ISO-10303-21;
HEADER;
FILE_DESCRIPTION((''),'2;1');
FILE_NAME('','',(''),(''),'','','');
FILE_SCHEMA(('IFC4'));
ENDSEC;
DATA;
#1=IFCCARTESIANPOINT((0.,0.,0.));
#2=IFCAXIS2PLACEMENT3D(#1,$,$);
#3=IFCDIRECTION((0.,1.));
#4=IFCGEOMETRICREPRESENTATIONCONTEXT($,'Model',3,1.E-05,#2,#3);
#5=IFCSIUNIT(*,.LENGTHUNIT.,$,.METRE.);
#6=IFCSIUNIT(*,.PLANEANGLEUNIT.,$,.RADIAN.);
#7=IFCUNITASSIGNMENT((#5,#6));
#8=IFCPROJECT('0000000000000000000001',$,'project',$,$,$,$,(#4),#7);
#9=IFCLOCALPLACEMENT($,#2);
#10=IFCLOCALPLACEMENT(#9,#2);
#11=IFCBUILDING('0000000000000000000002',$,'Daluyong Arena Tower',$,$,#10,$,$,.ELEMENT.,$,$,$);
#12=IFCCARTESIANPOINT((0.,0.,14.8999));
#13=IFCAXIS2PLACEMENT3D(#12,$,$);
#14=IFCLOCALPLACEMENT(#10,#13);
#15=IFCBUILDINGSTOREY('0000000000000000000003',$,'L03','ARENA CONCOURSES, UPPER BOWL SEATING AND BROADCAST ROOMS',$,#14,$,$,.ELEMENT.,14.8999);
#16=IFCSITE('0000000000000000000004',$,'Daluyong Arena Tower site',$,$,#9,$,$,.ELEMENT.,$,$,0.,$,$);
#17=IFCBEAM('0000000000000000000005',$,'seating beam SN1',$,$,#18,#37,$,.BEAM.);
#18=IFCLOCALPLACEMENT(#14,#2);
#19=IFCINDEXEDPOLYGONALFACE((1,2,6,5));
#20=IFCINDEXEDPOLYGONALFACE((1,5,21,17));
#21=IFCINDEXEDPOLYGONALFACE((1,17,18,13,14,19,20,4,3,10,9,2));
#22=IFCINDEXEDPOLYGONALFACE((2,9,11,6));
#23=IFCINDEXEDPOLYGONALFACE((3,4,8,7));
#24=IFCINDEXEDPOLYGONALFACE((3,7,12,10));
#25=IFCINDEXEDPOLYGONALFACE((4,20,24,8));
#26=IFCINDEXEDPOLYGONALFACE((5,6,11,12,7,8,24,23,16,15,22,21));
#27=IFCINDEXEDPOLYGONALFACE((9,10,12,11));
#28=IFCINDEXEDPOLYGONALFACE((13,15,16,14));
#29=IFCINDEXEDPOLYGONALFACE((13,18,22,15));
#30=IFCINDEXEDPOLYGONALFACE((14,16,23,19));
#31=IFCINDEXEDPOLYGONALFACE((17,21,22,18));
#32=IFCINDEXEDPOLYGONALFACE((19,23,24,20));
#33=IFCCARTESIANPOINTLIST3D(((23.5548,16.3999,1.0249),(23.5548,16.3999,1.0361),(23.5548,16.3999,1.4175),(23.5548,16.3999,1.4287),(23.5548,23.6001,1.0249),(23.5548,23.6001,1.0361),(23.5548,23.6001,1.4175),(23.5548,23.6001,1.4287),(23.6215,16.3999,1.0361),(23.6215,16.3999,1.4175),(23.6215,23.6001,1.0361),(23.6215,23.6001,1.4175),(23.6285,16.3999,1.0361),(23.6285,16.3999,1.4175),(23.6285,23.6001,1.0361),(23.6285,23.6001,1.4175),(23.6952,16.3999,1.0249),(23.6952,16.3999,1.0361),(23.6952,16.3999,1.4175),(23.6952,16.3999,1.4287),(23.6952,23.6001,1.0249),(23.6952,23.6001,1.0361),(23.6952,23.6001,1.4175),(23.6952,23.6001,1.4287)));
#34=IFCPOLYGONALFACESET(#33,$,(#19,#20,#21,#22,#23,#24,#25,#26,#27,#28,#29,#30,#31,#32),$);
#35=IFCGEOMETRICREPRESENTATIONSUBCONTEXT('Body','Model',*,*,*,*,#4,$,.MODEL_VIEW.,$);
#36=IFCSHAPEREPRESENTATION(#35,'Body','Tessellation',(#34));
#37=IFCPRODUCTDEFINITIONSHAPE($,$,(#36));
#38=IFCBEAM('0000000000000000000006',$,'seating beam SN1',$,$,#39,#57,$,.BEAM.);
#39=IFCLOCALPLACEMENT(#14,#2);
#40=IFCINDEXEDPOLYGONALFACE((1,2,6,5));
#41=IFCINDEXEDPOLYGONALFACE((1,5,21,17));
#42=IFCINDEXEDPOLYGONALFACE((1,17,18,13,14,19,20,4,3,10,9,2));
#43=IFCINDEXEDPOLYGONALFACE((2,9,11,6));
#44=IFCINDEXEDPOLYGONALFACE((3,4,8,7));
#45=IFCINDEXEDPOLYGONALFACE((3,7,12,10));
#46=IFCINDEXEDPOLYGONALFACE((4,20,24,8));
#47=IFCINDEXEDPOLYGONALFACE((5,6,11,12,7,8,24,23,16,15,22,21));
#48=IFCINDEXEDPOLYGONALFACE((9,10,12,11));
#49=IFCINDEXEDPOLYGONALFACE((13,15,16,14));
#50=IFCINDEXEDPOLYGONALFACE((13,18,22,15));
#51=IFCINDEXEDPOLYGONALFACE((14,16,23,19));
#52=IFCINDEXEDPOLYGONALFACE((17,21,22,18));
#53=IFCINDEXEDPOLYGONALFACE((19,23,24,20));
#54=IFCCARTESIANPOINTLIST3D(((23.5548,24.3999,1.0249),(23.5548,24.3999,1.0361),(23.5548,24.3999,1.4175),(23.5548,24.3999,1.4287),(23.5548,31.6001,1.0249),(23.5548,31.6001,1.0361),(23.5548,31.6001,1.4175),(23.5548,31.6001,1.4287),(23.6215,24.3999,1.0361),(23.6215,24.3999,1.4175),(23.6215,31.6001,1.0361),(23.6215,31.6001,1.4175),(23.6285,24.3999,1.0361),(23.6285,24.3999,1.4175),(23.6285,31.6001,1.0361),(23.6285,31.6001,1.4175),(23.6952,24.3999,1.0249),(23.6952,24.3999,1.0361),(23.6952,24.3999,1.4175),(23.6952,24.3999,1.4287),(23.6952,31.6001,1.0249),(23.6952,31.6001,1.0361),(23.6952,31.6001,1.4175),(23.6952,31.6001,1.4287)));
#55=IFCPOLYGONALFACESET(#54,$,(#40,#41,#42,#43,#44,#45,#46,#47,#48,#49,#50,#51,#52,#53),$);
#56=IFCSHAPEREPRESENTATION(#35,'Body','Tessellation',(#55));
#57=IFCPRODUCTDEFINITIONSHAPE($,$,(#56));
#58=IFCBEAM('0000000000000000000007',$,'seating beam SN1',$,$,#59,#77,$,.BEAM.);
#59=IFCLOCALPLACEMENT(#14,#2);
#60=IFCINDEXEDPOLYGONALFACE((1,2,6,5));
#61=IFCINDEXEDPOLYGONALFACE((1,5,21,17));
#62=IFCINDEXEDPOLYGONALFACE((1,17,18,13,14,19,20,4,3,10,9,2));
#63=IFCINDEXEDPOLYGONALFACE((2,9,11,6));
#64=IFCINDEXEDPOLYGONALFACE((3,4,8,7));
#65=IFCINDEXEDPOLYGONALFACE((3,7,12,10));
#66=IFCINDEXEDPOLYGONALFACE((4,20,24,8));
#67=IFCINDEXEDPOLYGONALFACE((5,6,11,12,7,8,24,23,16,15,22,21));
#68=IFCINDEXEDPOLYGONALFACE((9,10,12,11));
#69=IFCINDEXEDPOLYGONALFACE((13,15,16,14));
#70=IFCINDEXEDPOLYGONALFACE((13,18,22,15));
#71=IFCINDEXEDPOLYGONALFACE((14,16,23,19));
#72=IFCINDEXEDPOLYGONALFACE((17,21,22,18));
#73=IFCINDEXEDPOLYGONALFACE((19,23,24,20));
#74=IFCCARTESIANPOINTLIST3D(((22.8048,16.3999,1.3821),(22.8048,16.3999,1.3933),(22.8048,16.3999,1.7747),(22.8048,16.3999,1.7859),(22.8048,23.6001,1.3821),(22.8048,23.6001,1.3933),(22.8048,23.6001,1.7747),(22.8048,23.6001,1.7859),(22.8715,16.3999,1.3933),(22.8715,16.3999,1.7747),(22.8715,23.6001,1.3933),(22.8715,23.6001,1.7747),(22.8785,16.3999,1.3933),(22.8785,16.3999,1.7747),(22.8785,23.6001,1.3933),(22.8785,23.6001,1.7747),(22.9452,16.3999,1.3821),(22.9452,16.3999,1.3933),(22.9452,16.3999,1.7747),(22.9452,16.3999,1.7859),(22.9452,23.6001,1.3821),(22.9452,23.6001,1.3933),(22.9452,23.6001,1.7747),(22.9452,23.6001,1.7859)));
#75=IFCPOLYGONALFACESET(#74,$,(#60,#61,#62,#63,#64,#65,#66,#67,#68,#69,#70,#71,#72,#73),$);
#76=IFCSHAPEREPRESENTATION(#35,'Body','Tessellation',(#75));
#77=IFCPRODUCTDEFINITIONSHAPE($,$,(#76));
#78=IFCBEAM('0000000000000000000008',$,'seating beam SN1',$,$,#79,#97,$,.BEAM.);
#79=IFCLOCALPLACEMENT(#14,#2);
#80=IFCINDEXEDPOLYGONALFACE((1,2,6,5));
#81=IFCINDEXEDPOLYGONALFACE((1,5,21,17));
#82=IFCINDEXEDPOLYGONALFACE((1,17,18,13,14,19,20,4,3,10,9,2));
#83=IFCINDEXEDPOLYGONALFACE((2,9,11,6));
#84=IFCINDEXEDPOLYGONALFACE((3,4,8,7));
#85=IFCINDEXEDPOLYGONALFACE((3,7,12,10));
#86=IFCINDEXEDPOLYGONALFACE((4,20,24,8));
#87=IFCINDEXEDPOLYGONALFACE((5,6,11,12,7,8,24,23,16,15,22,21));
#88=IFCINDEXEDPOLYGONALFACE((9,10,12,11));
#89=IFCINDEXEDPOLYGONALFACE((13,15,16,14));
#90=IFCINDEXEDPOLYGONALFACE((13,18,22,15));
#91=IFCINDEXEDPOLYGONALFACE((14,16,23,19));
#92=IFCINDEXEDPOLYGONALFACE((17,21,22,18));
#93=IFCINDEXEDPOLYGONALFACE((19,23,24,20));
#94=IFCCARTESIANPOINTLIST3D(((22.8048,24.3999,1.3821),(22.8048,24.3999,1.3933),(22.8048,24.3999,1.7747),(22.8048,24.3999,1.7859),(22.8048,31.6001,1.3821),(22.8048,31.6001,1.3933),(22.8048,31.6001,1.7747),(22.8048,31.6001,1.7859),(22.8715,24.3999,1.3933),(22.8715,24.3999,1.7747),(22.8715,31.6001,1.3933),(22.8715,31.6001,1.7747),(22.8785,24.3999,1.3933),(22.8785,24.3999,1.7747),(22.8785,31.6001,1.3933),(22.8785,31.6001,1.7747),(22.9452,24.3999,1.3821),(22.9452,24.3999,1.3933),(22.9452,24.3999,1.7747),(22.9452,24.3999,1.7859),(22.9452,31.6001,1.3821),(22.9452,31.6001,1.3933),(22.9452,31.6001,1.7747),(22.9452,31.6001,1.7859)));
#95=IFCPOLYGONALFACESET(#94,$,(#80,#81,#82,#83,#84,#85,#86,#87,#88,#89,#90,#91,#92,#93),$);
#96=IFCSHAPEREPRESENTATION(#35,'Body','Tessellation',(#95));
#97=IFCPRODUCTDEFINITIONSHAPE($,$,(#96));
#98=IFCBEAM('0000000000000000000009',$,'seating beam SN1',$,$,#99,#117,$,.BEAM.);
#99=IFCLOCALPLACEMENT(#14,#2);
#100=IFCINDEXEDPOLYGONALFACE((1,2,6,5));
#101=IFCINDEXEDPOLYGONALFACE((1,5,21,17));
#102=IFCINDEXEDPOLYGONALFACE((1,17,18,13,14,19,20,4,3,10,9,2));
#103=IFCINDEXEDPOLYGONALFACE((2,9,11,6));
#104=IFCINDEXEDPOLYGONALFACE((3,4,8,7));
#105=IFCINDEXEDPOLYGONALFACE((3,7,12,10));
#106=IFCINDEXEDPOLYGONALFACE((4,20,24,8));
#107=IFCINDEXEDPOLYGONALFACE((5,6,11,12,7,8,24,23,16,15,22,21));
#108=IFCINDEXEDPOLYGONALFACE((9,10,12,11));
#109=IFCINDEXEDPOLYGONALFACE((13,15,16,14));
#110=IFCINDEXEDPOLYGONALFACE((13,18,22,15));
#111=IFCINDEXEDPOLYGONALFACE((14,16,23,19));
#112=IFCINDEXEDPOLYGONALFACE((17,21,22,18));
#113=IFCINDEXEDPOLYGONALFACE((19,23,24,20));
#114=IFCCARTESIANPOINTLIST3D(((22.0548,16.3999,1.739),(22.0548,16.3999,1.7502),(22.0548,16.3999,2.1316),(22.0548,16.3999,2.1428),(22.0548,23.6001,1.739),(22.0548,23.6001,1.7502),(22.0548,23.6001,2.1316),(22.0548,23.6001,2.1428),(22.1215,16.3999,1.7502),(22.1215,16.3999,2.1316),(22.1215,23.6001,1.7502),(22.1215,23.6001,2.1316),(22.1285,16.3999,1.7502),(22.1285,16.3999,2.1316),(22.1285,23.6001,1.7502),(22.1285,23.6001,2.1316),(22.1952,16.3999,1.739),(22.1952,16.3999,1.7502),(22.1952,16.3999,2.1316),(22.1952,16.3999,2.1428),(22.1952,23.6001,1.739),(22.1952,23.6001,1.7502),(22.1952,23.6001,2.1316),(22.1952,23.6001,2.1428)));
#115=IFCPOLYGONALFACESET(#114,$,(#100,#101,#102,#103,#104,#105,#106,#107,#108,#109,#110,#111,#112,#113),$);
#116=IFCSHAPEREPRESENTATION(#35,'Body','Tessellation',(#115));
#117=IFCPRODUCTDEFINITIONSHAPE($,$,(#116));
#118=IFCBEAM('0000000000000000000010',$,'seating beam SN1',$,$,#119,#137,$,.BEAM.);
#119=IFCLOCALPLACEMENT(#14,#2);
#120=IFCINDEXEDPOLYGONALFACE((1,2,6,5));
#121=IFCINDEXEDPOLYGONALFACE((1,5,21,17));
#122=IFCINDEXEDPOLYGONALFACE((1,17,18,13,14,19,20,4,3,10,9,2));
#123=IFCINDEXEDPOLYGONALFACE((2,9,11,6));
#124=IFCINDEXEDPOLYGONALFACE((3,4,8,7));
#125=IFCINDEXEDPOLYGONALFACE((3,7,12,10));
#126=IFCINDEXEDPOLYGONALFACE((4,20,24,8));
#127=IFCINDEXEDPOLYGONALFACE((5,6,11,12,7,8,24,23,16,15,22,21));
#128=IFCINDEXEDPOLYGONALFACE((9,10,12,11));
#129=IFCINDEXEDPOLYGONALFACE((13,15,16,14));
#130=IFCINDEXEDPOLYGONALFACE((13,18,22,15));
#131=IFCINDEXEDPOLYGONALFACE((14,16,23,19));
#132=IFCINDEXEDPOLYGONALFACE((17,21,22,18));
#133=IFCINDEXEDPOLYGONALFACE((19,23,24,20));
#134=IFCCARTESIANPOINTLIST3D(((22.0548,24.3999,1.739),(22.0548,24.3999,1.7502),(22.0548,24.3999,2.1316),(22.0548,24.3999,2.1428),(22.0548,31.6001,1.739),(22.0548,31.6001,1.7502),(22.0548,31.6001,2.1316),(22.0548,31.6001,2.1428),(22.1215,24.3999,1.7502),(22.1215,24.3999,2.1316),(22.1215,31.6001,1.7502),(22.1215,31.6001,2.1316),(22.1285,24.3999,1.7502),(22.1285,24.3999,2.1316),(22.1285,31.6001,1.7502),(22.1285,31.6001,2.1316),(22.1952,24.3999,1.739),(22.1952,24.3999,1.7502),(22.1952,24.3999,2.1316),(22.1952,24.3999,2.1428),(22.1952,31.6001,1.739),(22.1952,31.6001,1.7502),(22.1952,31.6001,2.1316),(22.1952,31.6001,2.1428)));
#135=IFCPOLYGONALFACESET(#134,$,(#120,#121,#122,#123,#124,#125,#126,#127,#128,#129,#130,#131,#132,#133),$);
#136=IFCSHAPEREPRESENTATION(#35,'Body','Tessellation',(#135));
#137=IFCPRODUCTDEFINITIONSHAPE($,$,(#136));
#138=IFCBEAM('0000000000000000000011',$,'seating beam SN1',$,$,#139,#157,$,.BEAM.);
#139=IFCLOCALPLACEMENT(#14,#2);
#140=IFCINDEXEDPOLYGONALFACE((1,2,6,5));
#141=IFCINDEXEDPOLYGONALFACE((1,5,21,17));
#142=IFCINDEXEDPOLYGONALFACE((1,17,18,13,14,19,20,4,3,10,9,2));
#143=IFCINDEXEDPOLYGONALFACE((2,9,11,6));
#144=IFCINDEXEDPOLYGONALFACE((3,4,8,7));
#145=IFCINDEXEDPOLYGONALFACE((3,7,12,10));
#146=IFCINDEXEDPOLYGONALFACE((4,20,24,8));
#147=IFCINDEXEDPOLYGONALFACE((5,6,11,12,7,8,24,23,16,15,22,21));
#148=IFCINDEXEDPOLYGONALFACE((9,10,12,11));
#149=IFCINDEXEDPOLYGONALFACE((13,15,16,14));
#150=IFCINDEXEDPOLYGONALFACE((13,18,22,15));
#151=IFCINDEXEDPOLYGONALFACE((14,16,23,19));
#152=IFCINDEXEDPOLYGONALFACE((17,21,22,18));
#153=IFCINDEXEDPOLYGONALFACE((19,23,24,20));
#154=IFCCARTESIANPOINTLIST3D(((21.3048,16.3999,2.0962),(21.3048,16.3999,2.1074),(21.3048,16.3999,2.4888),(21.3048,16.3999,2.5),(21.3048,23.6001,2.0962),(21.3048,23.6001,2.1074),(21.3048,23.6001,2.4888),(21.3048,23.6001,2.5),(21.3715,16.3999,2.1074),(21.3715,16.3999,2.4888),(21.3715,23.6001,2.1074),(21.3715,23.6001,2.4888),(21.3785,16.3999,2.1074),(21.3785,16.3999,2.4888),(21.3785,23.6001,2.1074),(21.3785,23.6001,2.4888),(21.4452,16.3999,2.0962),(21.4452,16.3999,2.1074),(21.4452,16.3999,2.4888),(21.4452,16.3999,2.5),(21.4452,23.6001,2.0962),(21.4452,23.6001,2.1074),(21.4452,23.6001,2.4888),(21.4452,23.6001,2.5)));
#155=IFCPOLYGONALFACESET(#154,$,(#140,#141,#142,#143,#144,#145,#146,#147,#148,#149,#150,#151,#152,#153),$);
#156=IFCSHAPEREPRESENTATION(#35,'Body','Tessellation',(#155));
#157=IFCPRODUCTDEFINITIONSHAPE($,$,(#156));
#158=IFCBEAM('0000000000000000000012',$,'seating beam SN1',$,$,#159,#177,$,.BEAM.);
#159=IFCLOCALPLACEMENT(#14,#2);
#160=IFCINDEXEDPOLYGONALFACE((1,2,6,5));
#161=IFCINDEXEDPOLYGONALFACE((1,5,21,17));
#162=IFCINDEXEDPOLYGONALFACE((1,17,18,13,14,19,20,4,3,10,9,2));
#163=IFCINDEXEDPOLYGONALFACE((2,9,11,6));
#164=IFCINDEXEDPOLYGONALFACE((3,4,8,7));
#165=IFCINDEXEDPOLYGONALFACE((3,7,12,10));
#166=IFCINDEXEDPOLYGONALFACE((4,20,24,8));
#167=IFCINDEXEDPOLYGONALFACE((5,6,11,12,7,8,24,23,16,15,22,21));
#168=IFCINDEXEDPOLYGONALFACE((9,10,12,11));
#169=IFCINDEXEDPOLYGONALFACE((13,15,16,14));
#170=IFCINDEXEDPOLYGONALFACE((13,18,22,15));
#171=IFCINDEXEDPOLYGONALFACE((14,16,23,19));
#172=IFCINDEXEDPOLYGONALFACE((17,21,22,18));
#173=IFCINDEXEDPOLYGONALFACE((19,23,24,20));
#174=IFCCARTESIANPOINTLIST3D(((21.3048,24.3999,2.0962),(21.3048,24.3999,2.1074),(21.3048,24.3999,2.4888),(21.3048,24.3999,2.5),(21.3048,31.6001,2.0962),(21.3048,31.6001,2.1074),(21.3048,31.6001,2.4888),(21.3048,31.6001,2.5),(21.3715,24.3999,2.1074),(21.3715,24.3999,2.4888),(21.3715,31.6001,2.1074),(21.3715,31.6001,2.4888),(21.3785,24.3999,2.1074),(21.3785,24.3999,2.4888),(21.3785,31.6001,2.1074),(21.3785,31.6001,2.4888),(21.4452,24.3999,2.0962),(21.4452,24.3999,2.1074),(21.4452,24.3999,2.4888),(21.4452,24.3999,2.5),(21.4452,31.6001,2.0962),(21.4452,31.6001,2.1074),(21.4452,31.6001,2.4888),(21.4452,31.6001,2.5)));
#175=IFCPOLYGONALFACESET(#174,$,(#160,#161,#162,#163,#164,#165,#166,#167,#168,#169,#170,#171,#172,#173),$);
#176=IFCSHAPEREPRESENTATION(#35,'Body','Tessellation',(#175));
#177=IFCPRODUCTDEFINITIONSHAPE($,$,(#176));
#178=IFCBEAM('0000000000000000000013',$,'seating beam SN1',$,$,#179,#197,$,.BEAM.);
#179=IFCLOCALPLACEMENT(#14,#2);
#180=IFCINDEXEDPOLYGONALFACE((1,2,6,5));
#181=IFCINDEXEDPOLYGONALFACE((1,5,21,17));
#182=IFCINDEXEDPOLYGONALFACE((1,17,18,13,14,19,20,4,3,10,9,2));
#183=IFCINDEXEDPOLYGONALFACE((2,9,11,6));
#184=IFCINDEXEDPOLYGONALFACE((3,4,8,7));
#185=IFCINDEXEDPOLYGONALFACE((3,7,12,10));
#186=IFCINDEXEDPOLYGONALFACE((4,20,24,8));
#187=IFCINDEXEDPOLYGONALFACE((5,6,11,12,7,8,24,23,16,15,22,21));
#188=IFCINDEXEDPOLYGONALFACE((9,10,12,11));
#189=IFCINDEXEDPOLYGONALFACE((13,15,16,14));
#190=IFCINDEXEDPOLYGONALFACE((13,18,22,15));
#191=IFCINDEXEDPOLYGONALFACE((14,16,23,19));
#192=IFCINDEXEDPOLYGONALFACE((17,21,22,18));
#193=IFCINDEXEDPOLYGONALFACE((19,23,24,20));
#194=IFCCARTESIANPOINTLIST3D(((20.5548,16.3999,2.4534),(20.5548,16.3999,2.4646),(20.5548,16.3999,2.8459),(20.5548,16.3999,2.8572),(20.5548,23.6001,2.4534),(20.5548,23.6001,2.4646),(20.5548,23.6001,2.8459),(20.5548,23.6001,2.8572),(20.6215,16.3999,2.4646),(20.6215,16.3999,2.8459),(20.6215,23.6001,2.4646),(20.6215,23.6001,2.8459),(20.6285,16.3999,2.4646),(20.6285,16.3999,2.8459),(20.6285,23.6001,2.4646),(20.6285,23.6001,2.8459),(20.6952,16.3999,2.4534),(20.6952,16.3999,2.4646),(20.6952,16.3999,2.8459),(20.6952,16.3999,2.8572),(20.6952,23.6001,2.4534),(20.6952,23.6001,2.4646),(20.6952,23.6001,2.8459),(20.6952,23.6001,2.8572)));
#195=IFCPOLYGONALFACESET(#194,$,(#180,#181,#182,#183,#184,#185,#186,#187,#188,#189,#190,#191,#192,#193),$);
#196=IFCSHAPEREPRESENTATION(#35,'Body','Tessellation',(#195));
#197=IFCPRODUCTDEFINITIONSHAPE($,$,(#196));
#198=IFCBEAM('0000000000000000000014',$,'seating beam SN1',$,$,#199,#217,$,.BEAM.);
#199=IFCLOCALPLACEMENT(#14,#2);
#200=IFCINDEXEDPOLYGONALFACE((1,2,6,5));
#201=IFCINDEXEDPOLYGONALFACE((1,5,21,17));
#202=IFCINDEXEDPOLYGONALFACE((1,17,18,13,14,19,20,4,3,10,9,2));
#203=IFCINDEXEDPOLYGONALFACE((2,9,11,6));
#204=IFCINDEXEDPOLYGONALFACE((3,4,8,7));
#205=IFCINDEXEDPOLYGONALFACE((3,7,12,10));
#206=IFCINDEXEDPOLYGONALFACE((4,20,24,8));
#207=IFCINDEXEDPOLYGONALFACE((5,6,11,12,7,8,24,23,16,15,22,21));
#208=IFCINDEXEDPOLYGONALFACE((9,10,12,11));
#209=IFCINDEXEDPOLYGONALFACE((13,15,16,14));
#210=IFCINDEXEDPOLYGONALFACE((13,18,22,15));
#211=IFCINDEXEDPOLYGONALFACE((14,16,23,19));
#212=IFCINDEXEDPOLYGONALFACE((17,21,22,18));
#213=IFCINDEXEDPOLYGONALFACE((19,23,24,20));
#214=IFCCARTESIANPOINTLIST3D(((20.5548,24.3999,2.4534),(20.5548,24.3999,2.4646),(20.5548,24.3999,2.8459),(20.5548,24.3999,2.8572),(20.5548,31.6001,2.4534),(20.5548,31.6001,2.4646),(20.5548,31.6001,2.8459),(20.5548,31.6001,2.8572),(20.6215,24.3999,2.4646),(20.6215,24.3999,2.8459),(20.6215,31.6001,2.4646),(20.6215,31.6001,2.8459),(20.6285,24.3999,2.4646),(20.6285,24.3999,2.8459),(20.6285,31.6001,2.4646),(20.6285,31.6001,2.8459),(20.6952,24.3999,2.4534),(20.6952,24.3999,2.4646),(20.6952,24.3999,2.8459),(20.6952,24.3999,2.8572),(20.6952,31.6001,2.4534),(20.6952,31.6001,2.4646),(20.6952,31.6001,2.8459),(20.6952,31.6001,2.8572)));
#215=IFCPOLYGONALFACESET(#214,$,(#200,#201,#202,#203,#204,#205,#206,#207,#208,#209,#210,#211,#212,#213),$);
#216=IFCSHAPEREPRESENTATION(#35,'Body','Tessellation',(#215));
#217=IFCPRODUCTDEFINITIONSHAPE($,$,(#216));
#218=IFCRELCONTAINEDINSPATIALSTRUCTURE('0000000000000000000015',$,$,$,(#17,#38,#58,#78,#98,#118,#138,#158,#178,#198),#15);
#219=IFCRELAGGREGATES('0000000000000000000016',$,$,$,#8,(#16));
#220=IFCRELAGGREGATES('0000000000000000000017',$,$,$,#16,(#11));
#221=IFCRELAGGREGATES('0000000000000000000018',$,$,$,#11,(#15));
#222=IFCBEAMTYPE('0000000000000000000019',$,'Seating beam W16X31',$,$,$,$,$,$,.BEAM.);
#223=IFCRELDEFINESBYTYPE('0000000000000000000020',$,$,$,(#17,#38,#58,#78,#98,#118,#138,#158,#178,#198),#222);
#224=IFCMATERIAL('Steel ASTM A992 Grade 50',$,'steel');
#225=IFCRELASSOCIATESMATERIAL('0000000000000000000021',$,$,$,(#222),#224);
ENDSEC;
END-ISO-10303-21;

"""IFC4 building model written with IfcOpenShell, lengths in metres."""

from ifc_helpers import new_model, si_unit, direction, frame, origin, origin_2d, place, context, subcontext, project, spatial, i_section, extrude, material, material_profile, profile_set, type_object, element, save


model = new_model("IFC4")

# Units and contexts
model_context = context("Model", 3, precision=1e-05, world=origin(), true_north=direction((0.0, 1.0)))
body_context = subcontext(model_context, "Body", "Model", "MODEL_VIEW")
ifc_project = project(units=[si_unit("LENGTHUNIT", "METRE"), si_unit("PLANEANGLEUNIT", "RADIAN")], contexts=[model_context])

# Site, building, storey
site_placement = place(None, origin())
site = spatial("IfcSite", under=ifc_project, at=site_placement, Name="Daluyong Arena Tower site", CompositionType="ELEMENT", RefElevation=0.0)
building_placement = place(site_placement, origin())
building = spatial("IfcBuilding", under=site, at=building_placement, Name="Daluyong Arena Tower", CompositionType="ELEMENT")
storey_placement = place(building_placement, frame((0.0, 0.0, 14.8999)))
storey = spatial("IfcBuildingStorey", under=building, at=storey_placement, Name="L03", Description="ARENA CONCOURSES, UPPER BOWL SEATING AND BROADCAST ROOMS", CompositionType="ELEMENT", Elevation=14.8999)

# Beams
ifc_material_1 = material(Name="Steel ASTM A992 Grade 50", Category="steel")
ifc_material_profile = material_profile(ifc_material_1, i_section(OverallWidth=0.1404, OverallDepth=0.4038, WebThickness=0.0071, FlangeThickness=0.0112, at=origin_2d()))
ifc_profile_set = profile_set([ifc_material_profile], Name="Steel ASTM A992 Grade 50")
beam_type = type_object("IfcBeamType", Name="Seating beam W16X31", PredefinedType="BEAM", material=ifc_profile_set)
for number, where, z_axis, x_axis, name in (
    (1, (23.625, 16.3999, 1.2268), (0.0, 1.0, 0.0), (-1.0, 0.0, 0.0), "seating beam SN1"),
    (2, (23.625, 24.3999, 1.2268), (0.0, 1.0, 0.0), (-1.0, 0.0, 0.0), "seating beam SN1"),
    (3, (22.875, 16.3999, 1.584), (0.0, 1.0, 0.0), (-1.0, 0.0, 0.0), "seating beam SN1"),
    (4, (22.875, 24.3999, 1.584), (0.0, 1.0, 0.0), (-1.0, 0.0, 0.0), "seating beam SN1"),
    (5, (22.125, 16.3999, 1.9409), (0.0, 1.0, 0.0), (-1.0, 0.0, 0.0), "seating beam SN1"),
    (6, (22.125, 24.3999, 1.9409), (0.0, 1.0, 0.0), (-1.0, 0.0, 0.0), "seating beam SN1"),
    (7, (21.375, 16.3999, 2.2981), (0.0, 1.0, 0.0), (-1.0, 0.0, 0.0), "seating beam SN1"),
    (8, (21.375, 24.3999, 2.2981), (0.0, 1.0, 0.0), (-1.0, 0.0, 0.0), "seating beam SN1"),
    (9, (20.625, 16.3999, 2.6553), (0.0, 1.0, 0.0), (-1.0, 0.0, 0.0), "seating beam SN1"),
    (10, (20.625, 24.3999, 2.6553), (0.0, 1.0, 0.0), (-1.0, 0.0, 0.0), "seating beam SN1"),
):
    element("IfcBeam", number, at=place(storey_placement, frame(where, z_axis=z_axis, x_axis=x_axis)), inside=storey, type_object=beam_type, Name=name, PredefinedType="BEAM", context=body_context, shape_type="SweptSolid", body=[
        extrude(i_section(OverallWidth=0.1404, OverallDepth=0.4038, WebThickness=0.0071, FlangeThickness=0.0112, at=origin_2d()), origin(), (0.0, 0.0, 1.0), 7.2002),
    ])

save(model, "model.ifc")
